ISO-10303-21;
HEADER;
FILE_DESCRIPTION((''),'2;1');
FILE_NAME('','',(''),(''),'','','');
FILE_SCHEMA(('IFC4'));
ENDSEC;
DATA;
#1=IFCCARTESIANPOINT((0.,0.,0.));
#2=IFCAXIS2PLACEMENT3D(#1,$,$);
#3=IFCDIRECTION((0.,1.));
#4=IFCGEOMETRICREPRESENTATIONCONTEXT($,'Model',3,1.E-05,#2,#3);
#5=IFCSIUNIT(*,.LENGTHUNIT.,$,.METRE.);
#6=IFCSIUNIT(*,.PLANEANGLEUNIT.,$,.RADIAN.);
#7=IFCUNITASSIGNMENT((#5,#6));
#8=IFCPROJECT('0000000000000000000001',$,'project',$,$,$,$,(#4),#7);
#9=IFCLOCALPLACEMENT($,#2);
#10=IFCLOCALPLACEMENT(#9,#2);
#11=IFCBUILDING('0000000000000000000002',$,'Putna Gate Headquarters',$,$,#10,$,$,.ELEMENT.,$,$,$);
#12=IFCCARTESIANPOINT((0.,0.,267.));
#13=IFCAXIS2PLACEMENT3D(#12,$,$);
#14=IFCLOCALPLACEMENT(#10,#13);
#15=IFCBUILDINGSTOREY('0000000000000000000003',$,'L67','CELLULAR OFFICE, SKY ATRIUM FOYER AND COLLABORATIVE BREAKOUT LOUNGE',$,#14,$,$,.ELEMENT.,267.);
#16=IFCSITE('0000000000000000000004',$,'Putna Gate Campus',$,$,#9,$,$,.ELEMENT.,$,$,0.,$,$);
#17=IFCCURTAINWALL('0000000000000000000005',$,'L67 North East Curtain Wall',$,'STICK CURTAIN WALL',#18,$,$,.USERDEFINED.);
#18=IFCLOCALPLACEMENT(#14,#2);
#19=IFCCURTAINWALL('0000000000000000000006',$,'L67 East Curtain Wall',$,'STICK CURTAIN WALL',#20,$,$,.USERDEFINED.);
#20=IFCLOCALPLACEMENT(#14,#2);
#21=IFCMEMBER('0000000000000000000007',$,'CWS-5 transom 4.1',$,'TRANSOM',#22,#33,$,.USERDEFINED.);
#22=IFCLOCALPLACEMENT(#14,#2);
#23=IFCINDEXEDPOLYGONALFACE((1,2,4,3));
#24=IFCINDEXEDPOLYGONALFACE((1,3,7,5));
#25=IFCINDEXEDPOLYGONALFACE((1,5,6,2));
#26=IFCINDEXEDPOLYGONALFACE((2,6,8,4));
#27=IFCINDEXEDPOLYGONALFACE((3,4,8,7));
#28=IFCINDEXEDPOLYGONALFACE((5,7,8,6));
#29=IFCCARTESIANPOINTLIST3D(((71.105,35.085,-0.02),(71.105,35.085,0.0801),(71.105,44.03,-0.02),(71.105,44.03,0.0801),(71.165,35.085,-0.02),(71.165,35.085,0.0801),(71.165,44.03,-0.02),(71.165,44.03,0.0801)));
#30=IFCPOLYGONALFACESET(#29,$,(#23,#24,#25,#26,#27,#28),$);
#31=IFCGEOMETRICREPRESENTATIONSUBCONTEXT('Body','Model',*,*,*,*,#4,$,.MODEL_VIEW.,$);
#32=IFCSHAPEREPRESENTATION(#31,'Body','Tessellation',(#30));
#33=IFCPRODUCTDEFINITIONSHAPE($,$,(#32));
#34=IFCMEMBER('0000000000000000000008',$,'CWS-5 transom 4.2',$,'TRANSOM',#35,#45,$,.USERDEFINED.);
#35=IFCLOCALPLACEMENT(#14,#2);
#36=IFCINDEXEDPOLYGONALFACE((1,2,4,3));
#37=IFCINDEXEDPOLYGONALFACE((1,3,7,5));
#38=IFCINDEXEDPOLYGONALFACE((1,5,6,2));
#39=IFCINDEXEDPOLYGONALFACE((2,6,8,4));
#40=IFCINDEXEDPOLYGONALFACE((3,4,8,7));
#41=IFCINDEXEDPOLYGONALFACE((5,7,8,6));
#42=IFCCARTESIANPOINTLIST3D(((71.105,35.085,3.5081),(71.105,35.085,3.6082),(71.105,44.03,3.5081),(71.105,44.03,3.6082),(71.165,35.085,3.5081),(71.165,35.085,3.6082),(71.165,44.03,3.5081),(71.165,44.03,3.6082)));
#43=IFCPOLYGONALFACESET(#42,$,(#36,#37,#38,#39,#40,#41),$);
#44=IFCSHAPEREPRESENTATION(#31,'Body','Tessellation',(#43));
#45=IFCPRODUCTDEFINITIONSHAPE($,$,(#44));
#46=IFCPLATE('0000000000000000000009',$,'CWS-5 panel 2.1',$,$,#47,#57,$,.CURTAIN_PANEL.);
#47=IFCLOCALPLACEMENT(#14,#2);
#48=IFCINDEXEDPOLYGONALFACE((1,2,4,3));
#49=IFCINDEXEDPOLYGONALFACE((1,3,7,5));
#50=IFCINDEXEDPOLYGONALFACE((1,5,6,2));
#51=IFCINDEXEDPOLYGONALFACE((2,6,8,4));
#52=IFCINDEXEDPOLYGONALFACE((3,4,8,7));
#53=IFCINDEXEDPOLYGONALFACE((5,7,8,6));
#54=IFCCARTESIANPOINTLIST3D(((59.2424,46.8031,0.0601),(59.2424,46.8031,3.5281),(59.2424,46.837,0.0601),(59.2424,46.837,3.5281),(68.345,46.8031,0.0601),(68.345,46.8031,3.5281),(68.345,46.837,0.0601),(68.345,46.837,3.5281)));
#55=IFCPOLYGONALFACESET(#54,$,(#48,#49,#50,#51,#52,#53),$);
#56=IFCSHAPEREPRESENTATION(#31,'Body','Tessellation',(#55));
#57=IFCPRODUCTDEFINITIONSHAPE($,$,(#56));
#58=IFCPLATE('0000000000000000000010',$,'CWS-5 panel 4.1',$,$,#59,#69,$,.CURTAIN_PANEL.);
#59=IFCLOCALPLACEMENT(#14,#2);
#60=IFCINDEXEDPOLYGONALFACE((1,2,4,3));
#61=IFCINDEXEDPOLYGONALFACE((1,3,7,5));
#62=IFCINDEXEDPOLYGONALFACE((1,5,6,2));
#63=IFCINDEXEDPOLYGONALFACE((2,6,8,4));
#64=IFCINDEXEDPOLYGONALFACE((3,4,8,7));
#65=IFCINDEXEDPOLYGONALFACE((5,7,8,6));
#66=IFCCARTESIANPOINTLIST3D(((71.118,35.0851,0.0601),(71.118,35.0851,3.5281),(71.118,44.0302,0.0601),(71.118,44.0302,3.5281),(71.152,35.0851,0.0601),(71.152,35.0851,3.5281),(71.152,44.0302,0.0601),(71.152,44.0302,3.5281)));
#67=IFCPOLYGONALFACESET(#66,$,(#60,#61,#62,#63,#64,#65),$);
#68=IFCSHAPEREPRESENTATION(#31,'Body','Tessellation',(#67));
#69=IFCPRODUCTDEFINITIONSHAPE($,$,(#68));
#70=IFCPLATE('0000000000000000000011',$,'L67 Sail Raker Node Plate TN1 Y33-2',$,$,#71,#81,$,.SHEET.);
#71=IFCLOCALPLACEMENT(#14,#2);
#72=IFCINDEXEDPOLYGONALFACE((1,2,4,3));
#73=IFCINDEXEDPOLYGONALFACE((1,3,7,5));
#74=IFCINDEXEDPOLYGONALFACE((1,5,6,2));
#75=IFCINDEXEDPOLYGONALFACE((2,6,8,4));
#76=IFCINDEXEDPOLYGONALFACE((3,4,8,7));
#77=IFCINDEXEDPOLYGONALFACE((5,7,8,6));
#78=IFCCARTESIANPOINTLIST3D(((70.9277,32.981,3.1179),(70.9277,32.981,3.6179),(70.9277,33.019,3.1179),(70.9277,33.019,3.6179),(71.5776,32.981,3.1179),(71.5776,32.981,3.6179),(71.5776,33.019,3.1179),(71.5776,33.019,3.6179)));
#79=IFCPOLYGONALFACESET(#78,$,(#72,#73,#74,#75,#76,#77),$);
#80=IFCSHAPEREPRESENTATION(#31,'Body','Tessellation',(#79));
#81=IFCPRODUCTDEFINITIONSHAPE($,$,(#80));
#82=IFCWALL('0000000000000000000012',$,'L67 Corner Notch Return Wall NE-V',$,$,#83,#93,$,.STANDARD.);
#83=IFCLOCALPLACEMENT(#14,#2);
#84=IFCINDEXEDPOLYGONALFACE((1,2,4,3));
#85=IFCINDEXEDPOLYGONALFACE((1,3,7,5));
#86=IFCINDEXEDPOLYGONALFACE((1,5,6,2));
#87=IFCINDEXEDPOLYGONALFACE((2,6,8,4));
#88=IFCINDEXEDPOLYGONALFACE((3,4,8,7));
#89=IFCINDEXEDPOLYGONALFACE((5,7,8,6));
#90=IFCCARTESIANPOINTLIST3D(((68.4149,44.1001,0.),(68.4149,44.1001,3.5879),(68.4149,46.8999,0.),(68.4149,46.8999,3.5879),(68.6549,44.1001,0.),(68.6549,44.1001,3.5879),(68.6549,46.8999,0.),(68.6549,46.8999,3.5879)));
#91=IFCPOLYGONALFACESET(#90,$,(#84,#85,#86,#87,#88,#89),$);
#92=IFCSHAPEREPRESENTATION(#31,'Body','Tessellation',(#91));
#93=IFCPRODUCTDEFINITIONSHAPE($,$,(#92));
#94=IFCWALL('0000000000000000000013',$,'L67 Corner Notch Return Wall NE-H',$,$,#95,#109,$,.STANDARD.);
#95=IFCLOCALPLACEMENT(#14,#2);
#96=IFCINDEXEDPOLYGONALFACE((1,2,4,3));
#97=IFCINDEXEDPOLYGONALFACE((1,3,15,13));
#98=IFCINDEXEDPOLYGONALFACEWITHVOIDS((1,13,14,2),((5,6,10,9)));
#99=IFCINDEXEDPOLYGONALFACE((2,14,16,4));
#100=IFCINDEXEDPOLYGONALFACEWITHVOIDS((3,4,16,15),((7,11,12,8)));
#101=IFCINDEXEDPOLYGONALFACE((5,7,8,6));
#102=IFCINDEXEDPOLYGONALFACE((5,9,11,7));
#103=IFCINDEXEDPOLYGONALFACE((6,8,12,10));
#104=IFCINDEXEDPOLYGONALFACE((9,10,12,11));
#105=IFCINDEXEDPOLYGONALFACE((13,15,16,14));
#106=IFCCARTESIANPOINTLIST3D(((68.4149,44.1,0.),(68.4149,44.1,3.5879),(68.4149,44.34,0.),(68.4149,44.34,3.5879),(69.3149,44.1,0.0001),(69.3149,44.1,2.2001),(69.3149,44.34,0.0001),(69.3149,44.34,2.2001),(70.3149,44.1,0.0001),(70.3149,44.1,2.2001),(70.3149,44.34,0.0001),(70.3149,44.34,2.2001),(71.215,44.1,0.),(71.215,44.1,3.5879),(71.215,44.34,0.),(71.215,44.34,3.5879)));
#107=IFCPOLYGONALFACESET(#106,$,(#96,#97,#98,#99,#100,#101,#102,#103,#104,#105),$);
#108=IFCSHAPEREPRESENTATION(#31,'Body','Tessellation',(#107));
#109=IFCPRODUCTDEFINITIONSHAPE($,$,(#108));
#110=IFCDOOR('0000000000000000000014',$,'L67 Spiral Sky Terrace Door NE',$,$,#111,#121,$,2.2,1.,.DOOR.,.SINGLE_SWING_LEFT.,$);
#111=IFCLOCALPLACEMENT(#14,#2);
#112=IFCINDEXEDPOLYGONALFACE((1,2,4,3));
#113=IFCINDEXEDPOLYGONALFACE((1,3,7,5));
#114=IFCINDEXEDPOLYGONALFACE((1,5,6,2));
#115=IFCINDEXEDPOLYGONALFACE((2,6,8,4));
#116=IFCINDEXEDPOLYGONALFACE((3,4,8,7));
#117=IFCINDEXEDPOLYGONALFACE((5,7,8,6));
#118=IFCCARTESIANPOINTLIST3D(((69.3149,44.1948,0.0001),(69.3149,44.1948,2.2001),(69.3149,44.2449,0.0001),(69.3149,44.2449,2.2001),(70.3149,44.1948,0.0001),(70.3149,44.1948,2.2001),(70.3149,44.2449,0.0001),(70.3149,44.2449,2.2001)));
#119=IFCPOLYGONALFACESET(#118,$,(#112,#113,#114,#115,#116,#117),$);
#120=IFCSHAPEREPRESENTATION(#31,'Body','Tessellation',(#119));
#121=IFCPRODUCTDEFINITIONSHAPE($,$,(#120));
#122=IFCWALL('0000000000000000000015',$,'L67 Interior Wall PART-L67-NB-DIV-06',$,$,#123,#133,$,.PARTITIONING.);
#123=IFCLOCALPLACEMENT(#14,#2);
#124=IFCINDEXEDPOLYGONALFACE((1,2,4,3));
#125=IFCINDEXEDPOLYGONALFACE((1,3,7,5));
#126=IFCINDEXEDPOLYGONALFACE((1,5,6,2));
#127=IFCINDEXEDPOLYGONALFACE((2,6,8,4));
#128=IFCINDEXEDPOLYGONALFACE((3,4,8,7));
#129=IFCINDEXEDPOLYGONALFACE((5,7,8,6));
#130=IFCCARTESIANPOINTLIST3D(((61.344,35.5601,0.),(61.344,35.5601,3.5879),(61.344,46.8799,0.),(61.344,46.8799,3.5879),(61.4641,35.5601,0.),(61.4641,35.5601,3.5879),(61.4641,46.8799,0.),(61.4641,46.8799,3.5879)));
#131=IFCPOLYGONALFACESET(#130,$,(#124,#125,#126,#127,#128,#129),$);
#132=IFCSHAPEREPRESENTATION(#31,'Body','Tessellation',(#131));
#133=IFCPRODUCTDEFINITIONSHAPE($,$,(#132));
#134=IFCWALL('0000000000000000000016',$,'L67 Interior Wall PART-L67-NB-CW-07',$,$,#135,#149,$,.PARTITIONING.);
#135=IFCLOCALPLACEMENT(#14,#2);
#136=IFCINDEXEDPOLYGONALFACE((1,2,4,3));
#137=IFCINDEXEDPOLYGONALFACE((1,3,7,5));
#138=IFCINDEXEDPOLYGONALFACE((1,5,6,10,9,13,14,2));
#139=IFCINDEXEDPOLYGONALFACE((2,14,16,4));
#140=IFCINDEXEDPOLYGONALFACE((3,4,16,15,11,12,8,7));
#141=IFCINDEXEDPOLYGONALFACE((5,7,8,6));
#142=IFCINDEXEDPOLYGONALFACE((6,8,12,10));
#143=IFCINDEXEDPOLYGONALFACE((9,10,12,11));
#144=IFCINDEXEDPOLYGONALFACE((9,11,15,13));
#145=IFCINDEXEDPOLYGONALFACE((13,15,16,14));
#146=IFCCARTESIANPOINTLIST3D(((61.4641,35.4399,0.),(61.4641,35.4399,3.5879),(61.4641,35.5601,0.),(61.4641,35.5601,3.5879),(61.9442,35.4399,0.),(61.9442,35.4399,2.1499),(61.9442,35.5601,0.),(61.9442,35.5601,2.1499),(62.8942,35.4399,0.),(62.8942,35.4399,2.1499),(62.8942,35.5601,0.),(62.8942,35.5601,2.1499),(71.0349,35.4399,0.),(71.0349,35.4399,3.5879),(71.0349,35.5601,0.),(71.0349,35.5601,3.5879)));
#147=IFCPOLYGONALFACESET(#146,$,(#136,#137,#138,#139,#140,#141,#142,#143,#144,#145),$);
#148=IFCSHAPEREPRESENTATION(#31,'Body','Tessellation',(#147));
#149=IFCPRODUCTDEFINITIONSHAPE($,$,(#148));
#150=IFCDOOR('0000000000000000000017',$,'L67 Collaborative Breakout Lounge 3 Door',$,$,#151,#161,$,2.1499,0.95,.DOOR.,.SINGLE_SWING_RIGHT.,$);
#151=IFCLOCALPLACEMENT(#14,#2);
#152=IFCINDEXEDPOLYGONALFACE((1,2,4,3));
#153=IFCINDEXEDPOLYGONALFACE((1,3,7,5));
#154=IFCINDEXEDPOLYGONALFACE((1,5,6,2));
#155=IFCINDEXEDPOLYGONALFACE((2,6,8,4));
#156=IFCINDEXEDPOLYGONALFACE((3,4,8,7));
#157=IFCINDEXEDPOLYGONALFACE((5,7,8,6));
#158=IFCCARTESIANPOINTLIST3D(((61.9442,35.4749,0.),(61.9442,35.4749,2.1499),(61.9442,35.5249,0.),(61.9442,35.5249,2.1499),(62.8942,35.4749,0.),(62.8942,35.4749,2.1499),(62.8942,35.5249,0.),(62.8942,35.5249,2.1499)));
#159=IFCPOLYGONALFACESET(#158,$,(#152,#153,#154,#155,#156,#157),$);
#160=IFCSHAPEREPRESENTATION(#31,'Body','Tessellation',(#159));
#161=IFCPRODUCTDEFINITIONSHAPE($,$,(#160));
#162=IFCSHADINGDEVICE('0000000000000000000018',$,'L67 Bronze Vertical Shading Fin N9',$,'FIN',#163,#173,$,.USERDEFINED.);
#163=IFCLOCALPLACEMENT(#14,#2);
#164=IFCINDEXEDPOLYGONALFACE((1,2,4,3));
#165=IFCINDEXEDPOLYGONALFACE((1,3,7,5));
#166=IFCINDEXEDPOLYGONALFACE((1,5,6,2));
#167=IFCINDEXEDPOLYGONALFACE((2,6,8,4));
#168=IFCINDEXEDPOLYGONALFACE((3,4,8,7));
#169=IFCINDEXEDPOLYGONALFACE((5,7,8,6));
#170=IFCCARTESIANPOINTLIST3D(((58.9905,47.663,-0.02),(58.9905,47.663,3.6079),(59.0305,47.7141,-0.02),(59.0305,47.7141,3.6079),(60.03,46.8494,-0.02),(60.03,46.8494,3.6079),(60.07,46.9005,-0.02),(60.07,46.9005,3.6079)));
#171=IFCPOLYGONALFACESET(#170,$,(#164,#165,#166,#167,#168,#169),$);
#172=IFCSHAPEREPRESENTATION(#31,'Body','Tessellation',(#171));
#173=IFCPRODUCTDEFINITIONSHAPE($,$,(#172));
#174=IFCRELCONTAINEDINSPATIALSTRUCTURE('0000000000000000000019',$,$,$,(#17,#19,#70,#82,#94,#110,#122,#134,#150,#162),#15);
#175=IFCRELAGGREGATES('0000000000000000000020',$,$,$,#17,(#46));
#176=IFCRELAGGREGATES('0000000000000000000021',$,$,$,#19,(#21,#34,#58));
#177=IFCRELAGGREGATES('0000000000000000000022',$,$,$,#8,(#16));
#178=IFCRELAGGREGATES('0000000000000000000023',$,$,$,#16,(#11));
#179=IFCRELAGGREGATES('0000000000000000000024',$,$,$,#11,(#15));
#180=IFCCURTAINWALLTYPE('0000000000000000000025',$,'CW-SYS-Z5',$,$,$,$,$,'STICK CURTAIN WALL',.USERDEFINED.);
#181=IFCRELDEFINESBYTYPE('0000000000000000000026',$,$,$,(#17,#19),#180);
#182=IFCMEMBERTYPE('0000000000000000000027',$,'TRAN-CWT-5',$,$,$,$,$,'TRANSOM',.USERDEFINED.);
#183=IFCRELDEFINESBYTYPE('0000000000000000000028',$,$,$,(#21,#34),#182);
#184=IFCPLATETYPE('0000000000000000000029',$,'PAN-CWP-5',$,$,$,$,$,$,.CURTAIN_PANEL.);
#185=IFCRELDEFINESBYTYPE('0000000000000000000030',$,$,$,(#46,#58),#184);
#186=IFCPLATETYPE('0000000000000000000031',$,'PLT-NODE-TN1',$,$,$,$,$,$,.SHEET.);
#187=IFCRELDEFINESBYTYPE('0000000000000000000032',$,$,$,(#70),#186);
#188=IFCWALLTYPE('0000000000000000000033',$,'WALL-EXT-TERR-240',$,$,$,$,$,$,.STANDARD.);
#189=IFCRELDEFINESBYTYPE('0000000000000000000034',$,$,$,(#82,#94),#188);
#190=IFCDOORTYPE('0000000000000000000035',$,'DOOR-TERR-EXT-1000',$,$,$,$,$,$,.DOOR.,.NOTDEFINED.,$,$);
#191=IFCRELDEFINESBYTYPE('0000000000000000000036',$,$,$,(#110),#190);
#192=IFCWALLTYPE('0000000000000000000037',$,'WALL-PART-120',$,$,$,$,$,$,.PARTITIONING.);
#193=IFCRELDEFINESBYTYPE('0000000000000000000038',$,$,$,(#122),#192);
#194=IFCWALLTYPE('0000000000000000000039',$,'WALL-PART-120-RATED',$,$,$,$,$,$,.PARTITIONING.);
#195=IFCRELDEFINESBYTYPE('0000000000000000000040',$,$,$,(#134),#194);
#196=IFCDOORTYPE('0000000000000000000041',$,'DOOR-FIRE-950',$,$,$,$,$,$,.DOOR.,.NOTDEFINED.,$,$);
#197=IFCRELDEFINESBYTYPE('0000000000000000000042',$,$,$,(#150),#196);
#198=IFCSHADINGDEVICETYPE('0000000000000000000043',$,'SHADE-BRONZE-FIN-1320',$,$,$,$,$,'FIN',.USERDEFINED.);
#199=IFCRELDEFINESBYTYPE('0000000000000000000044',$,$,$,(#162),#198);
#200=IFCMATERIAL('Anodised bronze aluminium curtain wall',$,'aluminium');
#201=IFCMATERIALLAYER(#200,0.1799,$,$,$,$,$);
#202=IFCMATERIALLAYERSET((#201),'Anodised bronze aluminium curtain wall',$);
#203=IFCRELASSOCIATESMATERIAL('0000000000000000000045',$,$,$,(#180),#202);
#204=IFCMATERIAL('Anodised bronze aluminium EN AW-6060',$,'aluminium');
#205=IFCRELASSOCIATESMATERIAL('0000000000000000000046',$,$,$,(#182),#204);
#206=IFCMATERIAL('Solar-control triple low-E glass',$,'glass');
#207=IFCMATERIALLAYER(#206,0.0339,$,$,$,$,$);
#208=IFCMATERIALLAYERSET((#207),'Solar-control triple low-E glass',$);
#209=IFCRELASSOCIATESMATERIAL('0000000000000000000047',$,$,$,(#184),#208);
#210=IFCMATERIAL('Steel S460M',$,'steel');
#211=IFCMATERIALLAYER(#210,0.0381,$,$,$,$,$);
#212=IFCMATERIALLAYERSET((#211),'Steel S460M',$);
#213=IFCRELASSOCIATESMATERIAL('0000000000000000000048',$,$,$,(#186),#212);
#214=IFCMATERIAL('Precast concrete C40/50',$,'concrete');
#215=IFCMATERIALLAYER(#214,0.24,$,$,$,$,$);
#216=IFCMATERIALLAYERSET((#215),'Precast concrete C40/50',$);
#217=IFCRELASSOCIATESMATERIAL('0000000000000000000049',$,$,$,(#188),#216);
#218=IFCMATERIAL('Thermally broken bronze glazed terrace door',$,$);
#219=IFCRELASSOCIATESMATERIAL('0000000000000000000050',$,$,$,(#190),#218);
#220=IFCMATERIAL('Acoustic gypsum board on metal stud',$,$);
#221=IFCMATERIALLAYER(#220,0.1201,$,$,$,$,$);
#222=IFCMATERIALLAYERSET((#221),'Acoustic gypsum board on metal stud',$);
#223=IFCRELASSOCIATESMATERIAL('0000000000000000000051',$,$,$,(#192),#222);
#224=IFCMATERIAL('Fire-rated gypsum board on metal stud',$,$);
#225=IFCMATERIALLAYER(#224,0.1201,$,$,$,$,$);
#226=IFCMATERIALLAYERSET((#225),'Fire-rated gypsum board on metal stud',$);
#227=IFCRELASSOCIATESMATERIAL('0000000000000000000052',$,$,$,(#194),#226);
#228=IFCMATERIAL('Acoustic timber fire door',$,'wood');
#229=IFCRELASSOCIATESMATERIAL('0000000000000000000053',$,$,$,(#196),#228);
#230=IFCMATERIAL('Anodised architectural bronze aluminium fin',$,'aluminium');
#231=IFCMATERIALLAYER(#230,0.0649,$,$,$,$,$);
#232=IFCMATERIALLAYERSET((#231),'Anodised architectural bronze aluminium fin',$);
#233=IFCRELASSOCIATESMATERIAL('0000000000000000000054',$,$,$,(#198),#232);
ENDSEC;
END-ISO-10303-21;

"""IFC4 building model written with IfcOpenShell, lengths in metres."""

from ifc_helpers import new_model, si_unit, direction, frame, frame_2d, origin, origin_2d, place, context, subcontext, project, spatial, rectangle, extrude, material, layer, layer_set, material_profile, profile_set, type_object, element, fill, aggregate, save


model = new_model("IFC4")

# Units and contexts
model_context = context("Model", 3, precision=1e-05, world=origin(), true_north=direction((0.0, 1.0)))
body_context = subcontext(model_context, "Body", "Model", "MODEL_VIEW")
ifc_project = project(units=[si_unit("LENGTHUNIT", "METRE"), si_unit("PLANEANGLEUNIT", "RADIAN")], contexts=[model_context])

# Site, building, storey
site_placement = place(None, origin())
site = spatial("IfcSite", under=ifc_project, at=site_placement, Name="Putna Gate Campus", CompositionType="ELEMENT", RefElevation=0.0)
building_placement = place(site_placement, origin())
building = spatial("IfcBuilding", under=site, at=building_placement, Name="Putna Gate Headquarters", CompositionType="ELEMENT")
storey_placement = place(building_placement, frame((0.0, 0.0, 267.0)))
storey = spatial("IfcBuildingStorey", under=building, at=storey_placement, Name="L67", Description="CELLULAR OFFICE, SKY ATRIUM FOYER AND COLLABORATIVE BREAKOUT LOUNGE", CompositionType="ELEMENT", Elevation=267.0)

# Shared definitions
ifc_material_1 = material(Name="Steel S460M", Category="steel")

# Curtain walls
ifc_material_2 = material(Name="Anodised bronze aluminium curtain wall", Category="aluminium")
ifc_layer_1 = layer(ifc_material_2, 0.1799)
ifc_layer_set_1 = layer_set([ifc_layer_1], Name="Anodised bronze aluminium curtain wall")
curtain_wall_type = type_object("IfcCurtainWallType", Name="CW-SYS-Z5", ElementType="STICK CURTAIN WALL", PredefinedType="USERDEFINED", material=ifc_layer_set_1)
curtain_wall_1_placement = place(storey_placement, origin())
curtain_wall_1 = element("IfcCurtainWall", 1, at=curtain_wall_1_placement, inside=storey, type_object=curtain_wall_type, Name="L67 North East Curtain Wall", ObjectType="STICK CURTAIN WALL", PredefinedType="USERDEFINED")
ifc_material_3 = material(Name="Anodised bronze aluminium EN AW-6060", Category="aluminium")
curtain_wall_2_placement = place(storey_placement, origin())
curtain_wall_2 = element("IfcCurtainWall", 2, at=curtain_wall_2_placement, inside=storey, type_object=curtain_wall_type, Name="L67 East Curtain Wall", ObjectType="STICK CURTAIN WALL", PredefinedType="USERDEFINED")

# Members
ifc_material_profile_1 = material_profile(ifc_material_3, rectangle(XDim=0.0601, YDim=0.1001, at=origin_2d()), Name="Anodised bronze aluminium EN AW-6060")
ifc_profile_set_1 = profile_set([ifc_material_profile_1], Name="Anodised bronze aluminium EN AW-6060")
member_type_1 = type_object("IfcMemberType", Name="TRAN-CWT-5", ElementType="TRANSOM", PredefinedType="USERDEFINED", material=ifc_profile_set_1)
member_1_placement = place(storey_placement, frame((71.135, 35.085, 0.03), z_axis=(0.0, 1.0, 0.0), x_axis=(-1.0, 0.0, 0.0)))
member_1 = element("IfcMember", 3, at=member_1_placement, type_object=member_type_1, Name="CWS-5 transom 4.1", ObjectType="TRANSOM", PredefinedType="USERDEFINED", context=body_context, shape_type="SweptSolid", body=[
    extrude(rectangle(XDim=0.0601, YDim=0.1001, at=origin_2d()), origin(), (0.0, 0.0, 1.0), 8.9451),
])
member_2_placement = place(storey_placement, frame((71.135, 35.085, 3.5581), z_axis=(0.0, 1.0, 0.0), x_axis=(-1.0, 0.0, 0.0)))
member_2 = element("IfcMember", 4, at=member_2_placement, type_object=member_type_1, Name="CWS-5 transom 4.2", ObjectType="TRANSOM", PredefinedType="USERDEFINED", context=body_context, shape_type="SweptSolid", body=[
    extrude(rectangle(XDim=0.0601, YDim=0.1001, at=origin_2d()), origin(), (0.0, 0.0, 1.0), 8.9451),
])

# Plates
ifc_material_4 = material(Name="Solar-control triple low-E glass", Category="glass")
ifc_layer_2 = layer(ifc_material_4, 0.0339)
ifc_layer_set_2 = layer_set([ifc_layer_2], Name="Solar-control triple low-E glass")
plate_type_1 = type_object("IfcPlateType", Name="PAN-CWP-5", PredefinedType="CURTAIN_PANEL", material=ifc_layer_set_2)
plate_1_placement = place(storey_placement, frame((63.7937, 46.8201, 0.0601), z_axis=(0.0, 0.0, 1.0), x_axis=(1.0, 0.0, 0.0)))
plate_1 = element("IfcPlate", 5, at=plate_1_placement, type_object=plate_type_1, Name="CWS-5 panel 2.1", PredefinedType="CURTAIN_PANEL", context=body_context, shape_type="SweptSolid", body=[
    extrude(rectangle(XDim=9.1025, YDim=0.0339, at=origin_2d()), origin(), (0.0, 0.0, 1.0), 3.468),
])
aggregate(curtain_wall_1, [plate_1])
plate_2_placement = place(storey_placement, frame((71.135, 39.5576, 0.0601), z_axis=(0.0, 0.0, 1.0), x_axis=(0.0, 1.0, 0.0)))
plate_2 = element("IfcPlate", 6, at=plate_2_placement, type_object=plate_type_1, Name="CWS-5 panel 4.1", PredefinedType="CURTAIN_PANEL", context=body_context, shape_type="SweptSolid", body=[
    extrude(rectangle(XDim=8.9451, YDim=0.0339, at=origin_2d()), origin(), (0.0, 0.0, 1.0), 3.468),
])
aggregate(curtain_wall_2, [member_1, member_2, plate_2])
ifc_layer_3 = layer(ifc_material_1, 0.0381)
ifc_layer_set_3 = layer_set([ifc_layer_3], Name="Steel S460M")
plate_type_2 = type_object("IfcPlateType", Name="PLT-NODE-TN1", PredefinedType="SHEET", material=ifc_layer_set_3)
plate_3_placement = place(storey_placement, frame((71.2527, 33.0, 3.1179), z_axis=(0.0, 0.0, 1.0), x_axis=(1.0, 0.0, 0.0)))
element("IfcPlate", 7, at=plate_3_placement, inside=storey, type_object=plate_type_2, Name="L67 Sail Raker Node Plate TN1 Y33-2", PredefinedType="SHEET", context=body_context, shape_type="SweptSolid", body=[
    extrude(rectangle(XDim=0.6499, YDim=0.0381, at=origin_2d()), origin(), (0.0, 0.0, 1.0), 0.5),
])

# Wall
ifc_material_5 = material(Name="Precast concrete C40/50", Category="concrete")
ifc_layer_4 = layer(ifc_material_5, 0.24)
ifc_layer_set_4 = layer_set([ifc_layer_4], Name="Precast concrete C40/50")
wall_type_1 = type_object("IfcWallType", Name="WALL-EXT-TERR-240", PredefinedType="STANDARD", material=ifc_layer_set_4)
wall_1_placement = place(storey_placement, frame((68.5349, 46.8999, 0.0), z_axis=(0.0, 0.0, 1.0), x_axis=(0.0, -1.0, 0.0)))
element("IfcWall", 8, at=wall_1_placement, inside=storey, type_object=wall_type_1, Name="L67 Corner Notch Return Wall NE-V", PredefinedType="STANDARD", context=body_context, shape_type="SweptSolid", body=[
    extrude(rectangle(XDim=2.7998, YDim=0.24, at=frame_2d((1.3999, 0.0))), origin(), (0.0, 0.0, 1.0), 3.5879),
])

# Wall, opening, door
wall_2_placement = place(storey_placement, frame((68.415, 44.22, 0.0), z_axis=(0.0, 0.0, 1.0), x_axis=(1.0, 0.0, 0.0)))
wall_2 = element("IfcWall", 9, at=wall_2_placement, inside=storey, type_object=wall_type_1, Name="L67 Corner Notch Return Wall NE-H", PredefinedType="STANDARD", context=body_context, shape_type="SweptSolid", body=[
    extrude(rectangle(XDim=2.8, YDim=0.24, at=frame_2d((1.3999, 0.0))), origin(), (0.0, 0.0, 1.0), 3.5879),
])
opening_1_placement = place(wall_2_placement, frame((0.8999, 0.0, 0.0)))
opening_1 = element("IfcOpeningElement", 10, at=opening_1_placement, cuts=wall_2, PredefinedType="OPENING", context=body_context, shape_type="SweptSolid", body=[
    extrude(rectangle(XDim=1.0, YDim=2.2, at=frame_2d((0.5, 1.1001))), frame((0.0, 0.1299, 0.0), z_axis=(0.0, -1.0, 0.0), x_axis=(1.0, 0.0, 0.0)), (0.0, 0.0, 1.0), 0.26),
])
ifc_material_6 = material(Name="Thermally broken bronze glazed terrace door")
door_type_1 = type_object("IfcDoorType", Name="DOOR-TERR-EXT-1000", OperationType="NOTDEFINED", PredefinedType="DOOR", material=ifc_material_6)
door_1_placement = place(opening_1_placement, origin())
door_1 = element("IfcDoor", 11, at=door_1_placement, inside=storey, type_object=door_type_1, Name="L67 Spiral Sky Terrace Door NE", OperationType="SINGLE_SWING_LEFT", OverallHeight=2.2, OverallWidth=1.0, PredefinedType="DOOR", context=body_context, shape_type="SweptSolid", body=[
    extrude(rectangle(XDim=1.0, YDim=2.2, at=frame_2d((0.5, 1.1001))), frame((0.0, 0.0249, 0.0), z_axis=(0.0, -1.0, 0.0), x_axis=(1.0, 0.0, 0.0)), (0.0, 0.0, 1.0), 0.05),
])
fill(opening_1, door_1)

# Wall
ifc_material_7 = material(Name="Acoustic gypsum board on metal stud")
ifc_layer_5 = layer(ifc_material_7, 0.1201)
ifc_layer_set_5 = layer_set([ifc_layer_5], Name="Acoustic gypsum board on metal stud")
wall_type_2 = type_object("IfcWallType", Name="WALL-PART-120", PredefinedType="PARTITIONING", material=ifc_layer_set_5)
wall_3_placement = place(storey_placement, frame((61.4041, 35.5601, 0.0), z_axis=(0.0, 0.0, 1.0), x_axis=(0.0, 1.0, 0.0)))
element("IfcWall", 12, at=wall_3_placement, inside=storey, type_object=wall_type_2, Name="L67 Interior Wall PART-L67-NB-DIV-06", PredefinedType="PARTITIONING", context=body_context, shape_type="SweptSolid", body=[
    extrude(rectangle(XDim=11.3198, YDim=0.1201, at=frame_2d((5.6599, 0.0))), origin(), (0.0, 0.0, 1.0), 3.5879),
])

# Wall, opening, door
ifc_material_8 = material(Name="Fire-rated gypsum board on metal stud")
ifc_layer_6 = layer(ifc_material_8, 0.1201)
ifc_layer_set_6 = layer_set([ifc_layer_6], Name="Fire-rated gypsum board on metal stud")
wall_type_3 = type_object("IfcWallType", Name="WALL-PART-120-RATED", PredefinedType="PARTITIONING", material=ifc_layer_set_6)
wall_4_placement = place(storey_placement, frame((61.4641, 35.5, 0.0), z_axis=(0.0, 0.0, 1.0), x_axis=(1.0, 0.0, 0.0)))
wall_4 = element("IfcWall", 13, at=wall_4_placement, inside=storey, type_object=wall_type_3, Name="L67 Interior Wall PART-L67-NB-CW-07", PredefinedType="PARTITIONING", context=body_context, shape_type="SweptSolid", body=[
    extrude(rectangle(XDim=9.5708, YDim=0.1201, at=frame_2d((4.7854, 0.0))), origin(), (0.0, 0.0, 1.0), 3.5879),
])
opening_2_placement = place(wall_4_placement, frame((0.48, 0.0, 0.0)))
opening_2 = element("IfcOpeningElement", 14, at=opening_2_placement, cuts=wall_4, PredefinedType="OPENING", context=body_context, shape_type="SweptSolid", body=[
    extrude(rectangle(XDim=0.95, YDim=2.1499, at=frame_2d((0.4751, 1.075))), frame((0.0, 0.0701, 0.0), z_axis=(0.0, -1.0, 0.0), x_axis=(1.0, 0.0, 0.0)), (0.0, 0.0, 1.0), 0.1401),
])
ifc_material_9 = material(Name="Acoustic timber fire door", Category="wood")
door_type_2 = type_object("IfcDoorType", Name="DOOR-FIRE-950", OperationType="NOTDEFINED", PredefinedType="DOOR", material=ifc_material_9)
door_2_placement = place(opening_2_placement, origin())
door_2 = element("IfcDoor", 15, at=door_2_placement, inside=storey, type_object=door_type_2, Name="L67 Collaborative Breakout Lounge 3 Door", OperationType="SINGLE_SWING_RIGHT", OverallHeight=2.1499, OverallWidth=0.95, PredefinedType="DOOR", context=body_context, shape_type="SweptSolid", body=[
    extrude(rectangle(XDim=0.95, YDim=2.1499, at=frame_2d((0.4751, 1.075))), frame((0.0, 0.0249, 0.0), z_axis=(0.0, -1.0, 0.0), x_axis=(1.0, 0.0, 0.0)), (0.0, 0.0, 1.0), 0.05),
])
fill(opening_2, door_2)

# Shading device
ifc_material_10 = material(Name="Anodised architectural bronze aluminium fin", Category="aluminium")
ifc_layer_7 = layer(ifc_material_10, 0.0649)
ifc_layer_set_7 = layer_set([ifc_layer_7], Name="Anodised architectural bronze aluminium fin")
shading_device_type = type_object("IfcShadingDeviceType", Name="SHADE-BRONZE-FIN-1320", ElementType="FIN", PredefinedType="USERDEFINED", material=ifc_layer_set_7)
for number, where, z_axis, x_axis, name in (
    (16, (59.5303, 47.2817, -0.02), (0.0, 0.0, 1.0), (-0.787473, 0.616349, 0.0), "L67 Bronze Vertical Shading Fin N9"),
):
    element("IfcShadingDevice", number, at=place(storey_placement, frame(where, z_axis=z_axis, x_axis=x_axis)), inside=storey, type_object=shading_device_type, Name=name, ObjectType="FIN", PredefinedType="USERDEFINED", context=body_context, shape_type="SweptSolid", body=[
        extrude(rectangle(XDim=1.3201, YDim=0.0649, at=origin_2d()), origin(), (0.0, 0.0, 1.0), 3.6279),
    ])

save(model, "model.ifc")
